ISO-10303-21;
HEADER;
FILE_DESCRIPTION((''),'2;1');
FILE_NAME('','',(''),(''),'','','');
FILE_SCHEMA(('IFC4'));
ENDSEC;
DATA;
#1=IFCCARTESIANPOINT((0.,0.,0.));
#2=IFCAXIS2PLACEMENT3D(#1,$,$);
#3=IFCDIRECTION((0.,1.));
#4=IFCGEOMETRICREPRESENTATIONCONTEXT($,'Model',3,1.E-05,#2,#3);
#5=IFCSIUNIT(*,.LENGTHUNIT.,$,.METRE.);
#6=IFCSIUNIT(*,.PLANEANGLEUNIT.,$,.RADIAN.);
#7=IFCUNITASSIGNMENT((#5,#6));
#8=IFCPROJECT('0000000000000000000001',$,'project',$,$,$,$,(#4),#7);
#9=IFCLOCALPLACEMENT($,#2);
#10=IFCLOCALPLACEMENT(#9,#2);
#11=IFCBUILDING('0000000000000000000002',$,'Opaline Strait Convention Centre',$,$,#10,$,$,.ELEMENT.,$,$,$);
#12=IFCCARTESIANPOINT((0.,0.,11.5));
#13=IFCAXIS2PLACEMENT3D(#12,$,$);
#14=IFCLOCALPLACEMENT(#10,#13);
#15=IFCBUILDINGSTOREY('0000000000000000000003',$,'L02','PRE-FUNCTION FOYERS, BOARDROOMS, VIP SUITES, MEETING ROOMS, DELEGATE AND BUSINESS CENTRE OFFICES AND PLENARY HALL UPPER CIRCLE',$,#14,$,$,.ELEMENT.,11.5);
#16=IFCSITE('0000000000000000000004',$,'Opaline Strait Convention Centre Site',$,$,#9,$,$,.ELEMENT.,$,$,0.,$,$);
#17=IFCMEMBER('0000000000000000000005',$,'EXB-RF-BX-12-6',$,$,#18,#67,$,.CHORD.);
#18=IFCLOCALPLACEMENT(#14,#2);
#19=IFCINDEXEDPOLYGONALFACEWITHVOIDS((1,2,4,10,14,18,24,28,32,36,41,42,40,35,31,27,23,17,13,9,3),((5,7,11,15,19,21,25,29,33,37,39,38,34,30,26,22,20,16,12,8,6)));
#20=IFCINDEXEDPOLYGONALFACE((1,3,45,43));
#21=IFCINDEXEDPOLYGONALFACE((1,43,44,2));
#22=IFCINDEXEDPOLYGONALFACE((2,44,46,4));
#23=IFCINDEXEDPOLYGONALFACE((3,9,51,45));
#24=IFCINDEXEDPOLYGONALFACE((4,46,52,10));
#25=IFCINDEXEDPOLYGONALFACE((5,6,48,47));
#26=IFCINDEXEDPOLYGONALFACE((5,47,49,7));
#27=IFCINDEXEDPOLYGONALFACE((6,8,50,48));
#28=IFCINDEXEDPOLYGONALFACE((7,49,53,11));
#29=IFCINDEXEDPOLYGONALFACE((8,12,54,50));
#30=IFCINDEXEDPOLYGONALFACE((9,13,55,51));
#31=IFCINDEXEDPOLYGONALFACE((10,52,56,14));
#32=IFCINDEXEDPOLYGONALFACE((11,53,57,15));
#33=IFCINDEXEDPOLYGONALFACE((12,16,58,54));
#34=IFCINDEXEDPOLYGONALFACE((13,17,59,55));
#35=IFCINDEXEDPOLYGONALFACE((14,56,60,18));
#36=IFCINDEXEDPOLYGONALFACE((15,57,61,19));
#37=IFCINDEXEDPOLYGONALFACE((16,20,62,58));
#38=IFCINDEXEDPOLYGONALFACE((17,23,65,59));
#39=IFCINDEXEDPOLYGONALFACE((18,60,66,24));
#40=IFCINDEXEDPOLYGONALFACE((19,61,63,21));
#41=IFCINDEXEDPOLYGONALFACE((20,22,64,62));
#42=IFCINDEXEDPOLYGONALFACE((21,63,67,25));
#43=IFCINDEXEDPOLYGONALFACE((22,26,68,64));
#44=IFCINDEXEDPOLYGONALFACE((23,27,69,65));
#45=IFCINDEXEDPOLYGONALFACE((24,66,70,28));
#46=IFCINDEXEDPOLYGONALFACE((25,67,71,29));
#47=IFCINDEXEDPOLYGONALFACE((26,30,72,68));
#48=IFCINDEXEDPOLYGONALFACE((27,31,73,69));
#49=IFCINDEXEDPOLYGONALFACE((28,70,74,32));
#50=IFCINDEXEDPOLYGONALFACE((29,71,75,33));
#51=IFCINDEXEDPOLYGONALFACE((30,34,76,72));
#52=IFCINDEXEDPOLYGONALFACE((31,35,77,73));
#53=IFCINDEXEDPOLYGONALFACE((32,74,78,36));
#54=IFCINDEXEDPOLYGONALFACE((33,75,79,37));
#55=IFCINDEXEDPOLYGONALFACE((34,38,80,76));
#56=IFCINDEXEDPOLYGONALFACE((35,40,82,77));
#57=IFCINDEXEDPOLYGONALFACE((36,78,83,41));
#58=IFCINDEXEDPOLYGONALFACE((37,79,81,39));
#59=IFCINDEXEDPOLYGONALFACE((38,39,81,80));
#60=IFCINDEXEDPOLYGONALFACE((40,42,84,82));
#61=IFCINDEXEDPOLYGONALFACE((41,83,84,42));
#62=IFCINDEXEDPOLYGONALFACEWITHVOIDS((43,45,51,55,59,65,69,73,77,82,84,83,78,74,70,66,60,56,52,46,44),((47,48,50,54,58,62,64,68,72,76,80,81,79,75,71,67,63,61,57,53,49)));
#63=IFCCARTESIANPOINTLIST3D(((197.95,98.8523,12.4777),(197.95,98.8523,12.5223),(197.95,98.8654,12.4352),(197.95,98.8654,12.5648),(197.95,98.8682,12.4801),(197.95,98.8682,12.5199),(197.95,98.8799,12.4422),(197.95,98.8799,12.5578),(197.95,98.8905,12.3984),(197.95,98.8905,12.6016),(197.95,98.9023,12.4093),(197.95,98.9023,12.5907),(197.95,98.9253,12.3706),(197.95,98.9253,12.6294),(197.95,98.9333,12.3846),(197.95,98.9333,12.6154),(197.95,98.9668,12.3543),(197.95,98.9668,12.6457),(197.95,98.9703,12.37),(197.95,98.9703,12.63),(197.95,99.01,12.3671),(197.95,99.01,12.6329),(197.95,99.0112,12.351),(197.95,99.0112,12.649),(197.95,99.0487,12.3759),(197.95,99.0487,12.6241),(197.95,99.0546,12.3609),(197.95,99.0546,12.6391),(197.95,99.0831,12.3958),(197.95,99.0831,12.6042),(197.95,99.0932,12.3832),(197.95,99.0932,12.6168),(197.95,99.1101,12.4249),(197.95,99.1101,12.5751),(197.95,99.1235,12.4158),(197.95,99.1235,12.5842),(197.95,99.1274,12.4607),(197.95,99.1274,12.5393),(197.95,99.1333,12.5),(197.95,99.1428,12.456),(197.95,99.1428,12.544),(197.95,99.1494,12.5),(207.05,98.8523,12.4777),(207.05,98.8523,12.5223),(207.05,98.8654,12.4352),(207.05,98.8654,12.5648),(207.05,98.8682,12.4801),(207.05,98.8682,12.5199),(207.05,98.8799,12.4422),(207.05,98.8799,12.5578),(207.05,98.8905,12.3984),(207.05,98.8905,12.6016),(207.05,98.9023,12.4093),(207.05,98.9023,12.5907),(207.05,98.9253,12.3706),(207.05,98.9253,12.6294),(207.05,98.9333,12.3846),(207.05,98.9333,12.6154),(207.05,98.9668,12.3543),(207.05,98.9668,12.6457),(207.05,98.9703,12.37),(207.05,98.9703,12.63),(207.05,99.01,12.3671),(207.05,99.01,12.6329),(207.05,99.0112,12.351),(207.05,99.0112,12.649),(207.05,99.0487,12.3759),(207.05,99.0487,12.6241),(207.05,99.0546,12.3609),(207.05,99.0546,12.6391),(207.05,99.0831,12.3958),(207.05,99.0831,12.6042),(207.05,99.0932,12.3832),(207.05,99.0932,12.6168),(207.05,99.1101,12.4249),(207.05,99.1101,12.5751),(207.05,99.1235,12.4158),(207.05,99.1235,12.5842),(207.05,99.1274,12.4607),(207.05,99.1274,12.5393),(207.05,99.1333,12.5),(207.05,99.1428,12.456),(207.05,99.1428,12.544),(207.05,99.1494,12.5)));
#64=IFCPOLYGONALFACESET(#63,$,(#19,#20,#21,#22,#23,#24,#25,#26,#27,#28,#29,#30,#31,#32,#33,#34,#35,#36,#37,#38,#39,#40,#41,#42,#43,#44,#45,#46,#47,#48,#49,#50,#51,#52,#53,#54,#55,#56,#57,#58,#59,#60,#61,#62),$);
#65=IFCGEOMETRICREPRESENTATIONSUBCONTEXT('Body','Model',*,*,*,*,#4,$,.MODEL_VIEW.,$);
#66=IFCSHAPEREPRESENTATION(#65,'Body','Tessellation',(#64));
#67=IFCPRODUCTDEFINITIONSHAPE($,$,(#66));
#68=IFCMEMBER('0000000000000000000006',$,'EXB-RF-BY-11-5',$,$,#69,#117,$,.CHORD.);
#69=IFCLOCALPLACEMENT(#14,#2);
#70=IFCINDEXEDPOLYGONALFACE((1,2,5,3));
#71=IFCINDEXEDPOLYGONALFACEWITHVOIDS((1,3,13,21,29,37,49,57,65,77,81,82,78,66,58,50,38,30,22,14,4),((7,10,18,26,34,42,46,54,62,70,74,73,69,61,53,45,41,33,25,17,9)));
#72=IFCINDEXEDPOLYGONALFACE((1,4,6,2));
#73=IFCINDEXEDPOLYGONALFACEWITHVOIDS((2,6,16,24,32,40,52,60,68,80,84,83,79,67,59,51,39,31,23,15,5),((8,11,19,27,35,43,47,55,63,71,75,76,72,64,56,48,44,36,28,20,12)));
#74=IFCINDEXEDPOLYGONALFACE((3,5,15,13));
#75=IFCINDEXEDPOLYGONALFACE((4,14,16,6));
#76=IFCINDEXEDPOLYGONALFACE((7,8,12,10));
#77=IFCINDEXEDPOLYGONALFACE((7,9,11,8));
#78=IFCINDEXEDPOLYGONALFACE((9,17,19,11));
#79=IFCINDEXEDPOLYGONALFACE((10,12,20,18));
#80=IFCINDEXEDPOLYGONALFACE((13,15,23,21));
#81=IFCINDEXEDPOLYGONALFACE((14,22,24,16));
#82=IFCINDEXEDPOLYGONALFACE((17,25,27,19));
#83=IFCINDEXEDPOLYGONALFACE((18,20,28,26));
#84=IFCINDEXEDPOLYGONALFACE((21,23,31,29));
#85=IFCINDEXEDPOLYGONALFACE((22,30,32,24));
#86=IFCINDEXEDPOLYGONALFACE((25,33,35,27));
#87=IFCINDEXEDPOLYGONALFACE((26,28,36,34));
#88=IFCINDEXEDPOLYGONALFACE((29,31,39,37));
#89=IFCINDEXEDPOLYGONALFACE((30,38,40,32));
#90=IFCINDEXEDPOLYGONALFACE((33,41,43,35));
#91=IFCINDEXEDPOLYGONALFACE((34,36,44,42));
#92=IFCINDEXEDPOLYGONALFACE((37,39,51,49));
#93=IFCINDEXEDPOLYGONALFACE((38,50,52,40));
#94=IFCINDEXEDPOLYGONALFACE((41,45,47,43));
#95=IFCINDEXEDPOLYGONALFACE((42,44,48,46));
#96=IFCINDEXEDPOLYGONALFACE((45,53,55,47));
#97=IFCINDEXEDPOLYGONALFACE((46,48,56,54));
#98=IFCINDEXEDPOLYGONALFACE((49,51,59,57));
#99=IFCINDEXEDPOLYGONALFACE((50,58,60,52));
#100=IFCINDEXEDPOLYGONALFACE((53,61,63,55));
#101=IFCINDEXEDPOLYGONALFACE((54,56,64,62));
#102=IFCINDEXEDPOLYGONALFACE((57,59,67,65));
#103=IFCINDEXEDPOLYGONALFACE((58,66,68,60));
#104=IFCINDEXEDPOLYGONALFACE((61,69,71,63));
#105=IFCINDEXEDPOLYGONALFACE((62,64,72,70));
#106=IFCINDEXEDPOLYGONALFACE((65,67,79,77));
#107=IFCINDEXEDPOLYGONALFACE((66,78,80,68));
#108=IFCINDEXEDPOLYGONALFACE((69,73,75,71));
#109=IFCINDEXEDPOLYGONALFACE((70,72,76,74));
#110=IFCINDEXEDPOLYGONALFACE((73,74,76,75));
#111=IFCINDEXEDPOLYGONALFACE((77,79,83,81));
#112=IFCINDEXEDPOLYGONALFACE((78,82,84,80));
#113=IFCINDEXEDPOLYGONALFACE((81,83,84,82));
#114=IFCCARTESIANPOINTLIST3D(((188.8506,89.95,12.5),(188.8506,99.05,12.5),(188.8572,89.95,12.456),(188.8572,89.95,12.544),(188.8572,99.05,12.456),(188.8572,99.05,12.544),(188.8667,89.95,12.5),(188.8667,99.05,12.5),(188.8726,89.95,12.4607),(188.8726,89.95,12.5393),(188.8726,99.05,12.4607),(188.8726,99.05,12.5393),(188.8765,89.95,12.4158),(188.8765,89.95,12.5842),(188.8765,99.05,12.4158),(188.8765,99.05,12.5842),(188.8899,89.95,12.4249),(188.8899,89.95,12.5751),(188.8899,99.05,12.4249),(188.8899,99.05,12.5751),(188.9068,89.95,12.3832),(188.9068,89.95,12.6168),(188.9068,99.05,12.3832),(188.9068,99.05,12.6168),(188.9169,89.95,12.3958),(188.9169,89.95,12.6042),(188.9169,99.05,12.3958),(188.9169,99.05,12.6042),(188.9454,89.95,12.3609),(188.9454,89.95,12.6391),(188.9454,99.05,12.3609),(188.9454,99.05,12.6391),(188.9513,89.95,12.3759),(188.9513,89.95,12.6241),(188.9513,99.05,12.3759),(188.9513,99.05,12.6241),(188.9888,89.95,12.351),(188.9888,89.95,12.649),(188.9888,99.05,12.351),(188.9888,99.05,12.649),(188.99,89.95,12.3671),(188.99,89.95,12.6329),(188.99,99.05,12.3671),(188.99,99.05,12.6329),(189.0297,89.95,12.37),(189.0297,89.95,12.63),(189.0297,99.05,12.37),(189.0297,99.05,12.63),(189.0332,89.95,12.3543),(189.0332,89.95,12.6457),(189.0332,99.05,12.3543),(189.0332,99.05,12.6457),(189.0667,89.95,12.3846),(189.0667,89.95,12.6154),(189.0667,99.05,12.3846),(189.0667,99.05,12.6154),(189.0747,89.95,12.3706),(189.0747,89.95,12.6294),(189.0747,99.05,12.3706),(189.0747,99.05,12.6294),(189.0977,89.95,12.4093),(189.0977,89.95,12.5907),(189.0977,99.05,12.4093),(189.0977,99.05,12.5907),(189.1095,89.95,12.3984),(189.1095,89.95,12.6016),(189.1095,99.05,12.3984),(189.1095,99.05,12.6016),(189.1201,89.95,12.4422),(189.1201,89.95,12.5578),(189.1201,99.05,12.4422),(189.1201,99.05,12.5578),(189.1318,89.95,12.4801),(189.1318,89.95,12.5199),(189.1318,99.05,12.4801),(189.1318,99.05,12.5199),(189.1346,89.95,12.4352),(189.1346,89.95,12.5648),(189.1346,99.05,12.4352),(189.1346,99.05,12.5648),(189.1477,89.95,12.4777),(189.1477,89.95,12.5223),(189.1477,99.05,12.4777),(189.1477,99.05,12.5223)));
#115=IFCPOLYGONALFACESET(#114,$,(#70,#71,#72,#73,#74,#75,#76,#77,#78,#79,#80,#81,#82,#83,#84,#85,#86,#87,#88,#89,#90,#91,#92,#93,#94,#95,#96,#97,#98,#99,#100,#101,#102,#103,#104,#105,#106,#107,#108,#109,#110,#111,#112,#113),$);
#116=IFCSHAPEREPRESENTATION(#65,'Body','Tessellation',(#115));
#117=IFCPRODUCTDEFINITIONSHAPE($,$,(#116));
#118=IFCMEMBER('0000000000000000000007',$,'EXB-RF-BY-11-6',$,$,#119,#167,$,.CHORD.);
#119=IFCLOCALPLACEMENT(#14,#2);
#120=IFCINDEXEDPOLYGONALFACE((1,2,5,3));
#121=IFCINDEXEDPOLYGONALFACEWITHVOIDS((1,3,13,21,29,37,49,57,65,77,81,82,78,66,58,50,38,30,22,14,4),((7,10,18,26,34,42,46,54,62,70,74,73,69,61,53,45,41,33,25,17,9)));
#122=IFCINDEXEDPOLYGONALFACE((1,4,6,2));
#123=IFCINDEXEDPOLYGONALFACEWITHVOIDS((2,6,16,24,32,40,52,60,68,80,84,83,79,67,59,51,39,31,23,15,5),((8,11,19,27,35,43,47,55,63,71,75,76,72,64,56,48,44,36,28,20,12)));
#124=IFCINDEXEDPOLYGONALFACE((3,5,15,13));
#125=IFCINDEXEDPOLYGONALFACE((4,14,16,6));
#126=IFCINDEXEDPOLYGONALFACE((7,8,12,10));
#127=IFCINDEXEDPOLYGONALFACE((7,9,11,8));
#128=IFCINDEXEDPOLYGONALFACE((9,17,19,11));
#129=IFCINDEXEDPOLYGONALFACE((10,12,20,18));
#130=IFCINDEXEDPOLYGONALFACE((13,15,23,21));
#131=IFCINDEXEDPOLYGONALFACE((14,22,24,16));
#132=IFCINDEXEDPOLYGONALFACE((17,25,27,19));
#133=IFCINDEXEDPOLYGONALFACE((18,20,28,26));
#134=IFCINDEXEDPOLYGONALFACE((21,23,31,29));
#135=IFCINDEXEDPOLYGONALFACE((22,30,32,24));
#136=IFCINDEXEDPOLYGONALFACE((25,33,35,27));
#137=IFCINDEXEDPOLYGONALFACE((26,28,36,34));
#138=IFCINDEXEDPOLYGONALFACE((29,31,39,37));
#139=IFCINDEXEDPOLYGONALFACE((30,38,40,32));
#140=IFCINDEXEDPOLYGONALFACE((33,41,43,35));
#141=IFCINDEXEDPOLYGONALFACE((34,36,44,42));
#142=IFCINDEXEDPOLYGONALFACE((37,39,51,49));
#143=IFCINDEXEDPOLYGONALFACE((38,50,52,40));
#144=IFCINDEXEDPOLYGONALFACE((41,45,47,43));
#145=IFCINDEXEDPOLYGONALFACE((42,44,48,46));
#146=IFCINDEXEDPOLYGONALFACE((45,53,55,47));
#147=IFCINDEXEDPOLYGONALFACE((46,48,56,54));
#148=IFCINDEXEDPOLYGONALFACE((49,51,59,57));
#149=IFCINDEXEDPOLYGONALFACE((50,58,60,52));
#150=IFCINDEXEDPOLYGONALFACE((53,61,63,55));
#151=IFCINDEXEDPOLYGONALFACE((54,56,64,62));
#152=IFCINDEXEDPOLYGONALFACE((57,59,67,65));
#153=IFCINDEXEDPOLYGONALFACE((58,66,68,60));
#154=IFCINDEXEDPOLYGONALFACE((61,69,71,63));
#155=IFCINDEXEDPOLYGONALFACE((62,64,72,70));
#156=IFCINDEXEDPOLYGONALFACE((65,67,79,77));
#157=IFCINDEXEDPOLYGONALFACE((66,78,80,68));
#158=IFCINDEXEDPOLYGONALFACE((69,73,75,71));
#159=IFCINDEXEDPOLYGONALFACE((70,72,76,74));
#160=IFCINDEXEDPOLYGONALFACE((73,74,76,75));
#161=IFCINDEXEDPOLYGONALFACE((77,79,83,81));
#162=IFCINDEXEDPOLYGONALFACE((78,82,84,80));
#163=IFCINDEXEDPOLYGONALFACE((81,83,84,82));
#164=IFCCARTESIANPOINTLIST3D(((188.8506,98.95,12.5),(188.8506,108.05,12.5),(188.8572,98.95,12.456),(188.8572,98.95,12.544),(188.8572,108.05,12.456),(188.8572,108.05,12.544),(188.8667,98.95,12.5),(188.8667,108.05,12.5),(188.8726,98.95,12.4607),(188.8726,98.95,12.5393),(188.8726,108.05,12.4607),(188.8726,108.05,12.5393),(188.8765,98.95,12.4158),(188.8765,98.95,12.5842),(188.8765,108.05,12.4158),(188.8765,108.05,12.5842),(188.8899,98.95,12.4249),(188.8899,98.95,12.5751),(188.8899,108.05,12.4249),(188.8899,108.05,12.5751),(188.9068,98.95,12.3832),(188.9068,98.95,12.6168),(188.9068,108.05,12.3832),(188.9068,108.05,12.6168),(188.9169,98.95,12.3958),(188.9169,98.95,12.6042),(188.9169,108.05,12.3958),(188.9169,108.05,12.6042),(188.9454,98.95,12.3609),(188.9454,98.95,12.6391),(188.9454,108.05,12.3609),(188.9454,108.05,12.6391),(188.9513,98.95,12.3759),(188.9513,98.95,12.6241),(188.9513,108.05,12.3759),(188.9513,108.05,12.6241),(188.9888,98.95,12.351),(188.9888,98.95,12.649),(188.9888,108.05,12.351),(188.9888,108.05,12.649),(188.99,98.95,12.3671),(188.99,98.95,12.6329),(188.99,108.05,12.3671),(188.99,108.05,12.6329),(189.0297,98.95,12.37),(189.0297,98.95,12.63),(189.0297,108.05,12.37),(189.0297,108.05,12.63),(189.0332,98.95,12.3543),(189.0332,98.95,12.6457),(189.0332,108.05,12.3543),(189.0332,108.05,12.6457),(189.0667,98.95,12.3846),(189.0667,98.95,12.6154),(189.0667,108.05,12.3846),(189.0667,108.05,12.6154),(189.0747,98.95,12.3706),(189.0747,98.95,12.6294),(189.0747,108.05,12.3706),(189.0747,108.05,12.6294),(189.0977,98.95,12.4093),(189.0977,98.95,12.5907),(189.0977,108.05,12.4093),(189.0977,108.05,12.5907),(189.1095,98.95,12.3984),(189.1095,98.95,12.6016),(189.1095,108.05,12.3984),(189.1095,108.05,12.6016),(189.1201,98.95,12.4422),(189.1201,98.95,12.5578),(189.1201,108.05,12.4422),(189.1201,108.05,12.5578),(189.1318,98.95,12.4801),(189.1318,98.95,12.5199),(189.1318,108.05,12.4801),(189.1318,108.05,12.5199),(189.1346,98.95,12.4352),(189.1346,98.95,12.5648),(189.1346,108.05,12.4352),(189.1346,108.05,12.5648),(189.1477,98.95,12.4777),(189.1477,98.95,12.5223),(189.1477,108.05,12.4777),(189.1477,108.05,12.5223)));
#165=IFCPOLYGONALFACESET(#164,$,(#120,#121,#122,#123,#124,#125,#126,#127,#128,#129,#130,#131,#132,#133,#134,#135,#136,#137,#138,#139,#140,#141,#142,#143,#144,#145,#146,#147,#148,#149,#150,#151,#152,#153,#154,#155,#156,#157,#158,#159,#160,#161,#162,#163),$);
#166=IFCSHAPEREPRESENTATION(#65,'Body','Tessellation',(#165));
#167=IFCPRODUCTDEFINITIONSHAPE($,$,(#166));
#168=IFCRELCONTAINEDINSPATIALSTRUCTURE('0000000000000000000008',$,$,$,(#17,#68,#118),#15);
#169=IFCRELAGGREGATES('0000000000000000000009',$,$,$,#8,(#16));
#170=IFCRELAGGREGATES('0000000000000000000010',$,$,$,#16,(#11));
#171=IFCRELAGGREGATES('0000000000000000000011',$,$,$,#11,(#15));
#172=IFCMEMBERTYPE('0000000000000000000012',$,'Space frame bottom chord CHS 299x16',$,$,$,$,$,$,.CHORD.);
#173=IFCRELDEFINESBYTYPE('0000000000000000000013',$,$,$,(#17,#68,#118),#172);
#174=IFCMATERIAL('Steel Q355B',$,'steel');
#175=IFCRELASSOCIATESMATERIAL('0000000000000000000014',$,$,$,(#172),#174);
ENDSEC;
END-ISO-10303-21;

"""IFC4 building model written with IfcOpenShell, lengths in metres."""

from ifc_helpers import new_model, si_unit, direction, frame, origin, origin_2d, place, context, subcontext, project, spatial, hollow_circle, extrude, material, material_profile, profile_set, type_object, element, save


model = new_model("IFC4")

# Units and contexts
model_context = context("Model", 3, precision=1e-05, world=origin(), true_north=direction((0.0, 1.0)))
body_context = subcontext(model_context, "Body", "Model", "MODEL_VIEW")
ifc_project = project(units=[si_unit("LENGTHUNIT", "METRE"), si_unit("PLANEANGLEUNIT", "RADIAN")], contexts=[model_context])

# Site, building, storey
site_placement = place(None, origin())
site = spatial("IfcSite", under=ifc_project, at=site_placement, Name="Opaline Strait Convention Centre Site", CompositionType="ELEMENT", RefElevation=0.0)
building_placement = place(site_placement, origin())
building = spatial("IfcBuilding", under=site, at=building_placement, Name="Opaline Strait Convention Centre", CompositionType="ELEMENT")
storey_placement = place(building_placement, frame((0.0, 0.0, 11.5)))
storey = spatial("IfcBuildingStorey", under=building, at=storey_placement, Name="L02", Description="PRE-FUNCTION FOYERS, BOARDROOMS, VIP SUITES, MEETING ROOMS, DELEGATE AND BUSINESS CENTRE OFFICES AND PLENARY HALL UPPER CIRCLE", CompositionType="ELEMENT", Elevation=11.5)

# Members
ifc_material = material(Name="Steel Q355B", Category="steel")
ifc_material_profile_1 = material_profile(ifc_material, hollow_circle(Radius=0.1494, WallThickness=0.0161, at=origin_2d()), Name="CHS 299x16")
ifc_profile_set_1 = profile_set([ifc_material_profile_1], Name="Steel Q355B")
member_type_1 = type_object("IfcMemberType", Name="Space frame bottom chord CHS 299x16", PredefinedType="CHORD", material=ifc_profile_set_1)
for number, where, z_axis, x_axis, name in (
    (1, (197.95, 99.0, 12.5), (1.0, 0.0, 0.0), (0.0, 1.0, 0.0), "EXB-RF-BX-12-6"),
    (2, (189.0, 89.95, 12.5), (0.0, 1.0, 0.0), (-1.0, 0.0, 0.0), "EXB-RF-BY-11-5"),
    (3, (189.0, 98.95, 12.5), (0.0, 1.0, 0.0), (-1.0, 0.0, 0.0), "EXB-RF-BY-11-6"),
):
    element("IfcMember", number, at=place(storey_placement, frame(where, z_axis=z_axis, x_axis=x_axis)), inside=storey, type_object=member_type_1, Name=name, PredefinedType="CHORD", context=body_context, shape_type="SweptSolid", body=[
        extrude(hollow_circle(Radius=0.1494, WallThickness=0.0161, at=origin_2d()), origin(), (0.0, 0.0, 1.0), 9.1001),
    ])

save(model, "model.ifc")
